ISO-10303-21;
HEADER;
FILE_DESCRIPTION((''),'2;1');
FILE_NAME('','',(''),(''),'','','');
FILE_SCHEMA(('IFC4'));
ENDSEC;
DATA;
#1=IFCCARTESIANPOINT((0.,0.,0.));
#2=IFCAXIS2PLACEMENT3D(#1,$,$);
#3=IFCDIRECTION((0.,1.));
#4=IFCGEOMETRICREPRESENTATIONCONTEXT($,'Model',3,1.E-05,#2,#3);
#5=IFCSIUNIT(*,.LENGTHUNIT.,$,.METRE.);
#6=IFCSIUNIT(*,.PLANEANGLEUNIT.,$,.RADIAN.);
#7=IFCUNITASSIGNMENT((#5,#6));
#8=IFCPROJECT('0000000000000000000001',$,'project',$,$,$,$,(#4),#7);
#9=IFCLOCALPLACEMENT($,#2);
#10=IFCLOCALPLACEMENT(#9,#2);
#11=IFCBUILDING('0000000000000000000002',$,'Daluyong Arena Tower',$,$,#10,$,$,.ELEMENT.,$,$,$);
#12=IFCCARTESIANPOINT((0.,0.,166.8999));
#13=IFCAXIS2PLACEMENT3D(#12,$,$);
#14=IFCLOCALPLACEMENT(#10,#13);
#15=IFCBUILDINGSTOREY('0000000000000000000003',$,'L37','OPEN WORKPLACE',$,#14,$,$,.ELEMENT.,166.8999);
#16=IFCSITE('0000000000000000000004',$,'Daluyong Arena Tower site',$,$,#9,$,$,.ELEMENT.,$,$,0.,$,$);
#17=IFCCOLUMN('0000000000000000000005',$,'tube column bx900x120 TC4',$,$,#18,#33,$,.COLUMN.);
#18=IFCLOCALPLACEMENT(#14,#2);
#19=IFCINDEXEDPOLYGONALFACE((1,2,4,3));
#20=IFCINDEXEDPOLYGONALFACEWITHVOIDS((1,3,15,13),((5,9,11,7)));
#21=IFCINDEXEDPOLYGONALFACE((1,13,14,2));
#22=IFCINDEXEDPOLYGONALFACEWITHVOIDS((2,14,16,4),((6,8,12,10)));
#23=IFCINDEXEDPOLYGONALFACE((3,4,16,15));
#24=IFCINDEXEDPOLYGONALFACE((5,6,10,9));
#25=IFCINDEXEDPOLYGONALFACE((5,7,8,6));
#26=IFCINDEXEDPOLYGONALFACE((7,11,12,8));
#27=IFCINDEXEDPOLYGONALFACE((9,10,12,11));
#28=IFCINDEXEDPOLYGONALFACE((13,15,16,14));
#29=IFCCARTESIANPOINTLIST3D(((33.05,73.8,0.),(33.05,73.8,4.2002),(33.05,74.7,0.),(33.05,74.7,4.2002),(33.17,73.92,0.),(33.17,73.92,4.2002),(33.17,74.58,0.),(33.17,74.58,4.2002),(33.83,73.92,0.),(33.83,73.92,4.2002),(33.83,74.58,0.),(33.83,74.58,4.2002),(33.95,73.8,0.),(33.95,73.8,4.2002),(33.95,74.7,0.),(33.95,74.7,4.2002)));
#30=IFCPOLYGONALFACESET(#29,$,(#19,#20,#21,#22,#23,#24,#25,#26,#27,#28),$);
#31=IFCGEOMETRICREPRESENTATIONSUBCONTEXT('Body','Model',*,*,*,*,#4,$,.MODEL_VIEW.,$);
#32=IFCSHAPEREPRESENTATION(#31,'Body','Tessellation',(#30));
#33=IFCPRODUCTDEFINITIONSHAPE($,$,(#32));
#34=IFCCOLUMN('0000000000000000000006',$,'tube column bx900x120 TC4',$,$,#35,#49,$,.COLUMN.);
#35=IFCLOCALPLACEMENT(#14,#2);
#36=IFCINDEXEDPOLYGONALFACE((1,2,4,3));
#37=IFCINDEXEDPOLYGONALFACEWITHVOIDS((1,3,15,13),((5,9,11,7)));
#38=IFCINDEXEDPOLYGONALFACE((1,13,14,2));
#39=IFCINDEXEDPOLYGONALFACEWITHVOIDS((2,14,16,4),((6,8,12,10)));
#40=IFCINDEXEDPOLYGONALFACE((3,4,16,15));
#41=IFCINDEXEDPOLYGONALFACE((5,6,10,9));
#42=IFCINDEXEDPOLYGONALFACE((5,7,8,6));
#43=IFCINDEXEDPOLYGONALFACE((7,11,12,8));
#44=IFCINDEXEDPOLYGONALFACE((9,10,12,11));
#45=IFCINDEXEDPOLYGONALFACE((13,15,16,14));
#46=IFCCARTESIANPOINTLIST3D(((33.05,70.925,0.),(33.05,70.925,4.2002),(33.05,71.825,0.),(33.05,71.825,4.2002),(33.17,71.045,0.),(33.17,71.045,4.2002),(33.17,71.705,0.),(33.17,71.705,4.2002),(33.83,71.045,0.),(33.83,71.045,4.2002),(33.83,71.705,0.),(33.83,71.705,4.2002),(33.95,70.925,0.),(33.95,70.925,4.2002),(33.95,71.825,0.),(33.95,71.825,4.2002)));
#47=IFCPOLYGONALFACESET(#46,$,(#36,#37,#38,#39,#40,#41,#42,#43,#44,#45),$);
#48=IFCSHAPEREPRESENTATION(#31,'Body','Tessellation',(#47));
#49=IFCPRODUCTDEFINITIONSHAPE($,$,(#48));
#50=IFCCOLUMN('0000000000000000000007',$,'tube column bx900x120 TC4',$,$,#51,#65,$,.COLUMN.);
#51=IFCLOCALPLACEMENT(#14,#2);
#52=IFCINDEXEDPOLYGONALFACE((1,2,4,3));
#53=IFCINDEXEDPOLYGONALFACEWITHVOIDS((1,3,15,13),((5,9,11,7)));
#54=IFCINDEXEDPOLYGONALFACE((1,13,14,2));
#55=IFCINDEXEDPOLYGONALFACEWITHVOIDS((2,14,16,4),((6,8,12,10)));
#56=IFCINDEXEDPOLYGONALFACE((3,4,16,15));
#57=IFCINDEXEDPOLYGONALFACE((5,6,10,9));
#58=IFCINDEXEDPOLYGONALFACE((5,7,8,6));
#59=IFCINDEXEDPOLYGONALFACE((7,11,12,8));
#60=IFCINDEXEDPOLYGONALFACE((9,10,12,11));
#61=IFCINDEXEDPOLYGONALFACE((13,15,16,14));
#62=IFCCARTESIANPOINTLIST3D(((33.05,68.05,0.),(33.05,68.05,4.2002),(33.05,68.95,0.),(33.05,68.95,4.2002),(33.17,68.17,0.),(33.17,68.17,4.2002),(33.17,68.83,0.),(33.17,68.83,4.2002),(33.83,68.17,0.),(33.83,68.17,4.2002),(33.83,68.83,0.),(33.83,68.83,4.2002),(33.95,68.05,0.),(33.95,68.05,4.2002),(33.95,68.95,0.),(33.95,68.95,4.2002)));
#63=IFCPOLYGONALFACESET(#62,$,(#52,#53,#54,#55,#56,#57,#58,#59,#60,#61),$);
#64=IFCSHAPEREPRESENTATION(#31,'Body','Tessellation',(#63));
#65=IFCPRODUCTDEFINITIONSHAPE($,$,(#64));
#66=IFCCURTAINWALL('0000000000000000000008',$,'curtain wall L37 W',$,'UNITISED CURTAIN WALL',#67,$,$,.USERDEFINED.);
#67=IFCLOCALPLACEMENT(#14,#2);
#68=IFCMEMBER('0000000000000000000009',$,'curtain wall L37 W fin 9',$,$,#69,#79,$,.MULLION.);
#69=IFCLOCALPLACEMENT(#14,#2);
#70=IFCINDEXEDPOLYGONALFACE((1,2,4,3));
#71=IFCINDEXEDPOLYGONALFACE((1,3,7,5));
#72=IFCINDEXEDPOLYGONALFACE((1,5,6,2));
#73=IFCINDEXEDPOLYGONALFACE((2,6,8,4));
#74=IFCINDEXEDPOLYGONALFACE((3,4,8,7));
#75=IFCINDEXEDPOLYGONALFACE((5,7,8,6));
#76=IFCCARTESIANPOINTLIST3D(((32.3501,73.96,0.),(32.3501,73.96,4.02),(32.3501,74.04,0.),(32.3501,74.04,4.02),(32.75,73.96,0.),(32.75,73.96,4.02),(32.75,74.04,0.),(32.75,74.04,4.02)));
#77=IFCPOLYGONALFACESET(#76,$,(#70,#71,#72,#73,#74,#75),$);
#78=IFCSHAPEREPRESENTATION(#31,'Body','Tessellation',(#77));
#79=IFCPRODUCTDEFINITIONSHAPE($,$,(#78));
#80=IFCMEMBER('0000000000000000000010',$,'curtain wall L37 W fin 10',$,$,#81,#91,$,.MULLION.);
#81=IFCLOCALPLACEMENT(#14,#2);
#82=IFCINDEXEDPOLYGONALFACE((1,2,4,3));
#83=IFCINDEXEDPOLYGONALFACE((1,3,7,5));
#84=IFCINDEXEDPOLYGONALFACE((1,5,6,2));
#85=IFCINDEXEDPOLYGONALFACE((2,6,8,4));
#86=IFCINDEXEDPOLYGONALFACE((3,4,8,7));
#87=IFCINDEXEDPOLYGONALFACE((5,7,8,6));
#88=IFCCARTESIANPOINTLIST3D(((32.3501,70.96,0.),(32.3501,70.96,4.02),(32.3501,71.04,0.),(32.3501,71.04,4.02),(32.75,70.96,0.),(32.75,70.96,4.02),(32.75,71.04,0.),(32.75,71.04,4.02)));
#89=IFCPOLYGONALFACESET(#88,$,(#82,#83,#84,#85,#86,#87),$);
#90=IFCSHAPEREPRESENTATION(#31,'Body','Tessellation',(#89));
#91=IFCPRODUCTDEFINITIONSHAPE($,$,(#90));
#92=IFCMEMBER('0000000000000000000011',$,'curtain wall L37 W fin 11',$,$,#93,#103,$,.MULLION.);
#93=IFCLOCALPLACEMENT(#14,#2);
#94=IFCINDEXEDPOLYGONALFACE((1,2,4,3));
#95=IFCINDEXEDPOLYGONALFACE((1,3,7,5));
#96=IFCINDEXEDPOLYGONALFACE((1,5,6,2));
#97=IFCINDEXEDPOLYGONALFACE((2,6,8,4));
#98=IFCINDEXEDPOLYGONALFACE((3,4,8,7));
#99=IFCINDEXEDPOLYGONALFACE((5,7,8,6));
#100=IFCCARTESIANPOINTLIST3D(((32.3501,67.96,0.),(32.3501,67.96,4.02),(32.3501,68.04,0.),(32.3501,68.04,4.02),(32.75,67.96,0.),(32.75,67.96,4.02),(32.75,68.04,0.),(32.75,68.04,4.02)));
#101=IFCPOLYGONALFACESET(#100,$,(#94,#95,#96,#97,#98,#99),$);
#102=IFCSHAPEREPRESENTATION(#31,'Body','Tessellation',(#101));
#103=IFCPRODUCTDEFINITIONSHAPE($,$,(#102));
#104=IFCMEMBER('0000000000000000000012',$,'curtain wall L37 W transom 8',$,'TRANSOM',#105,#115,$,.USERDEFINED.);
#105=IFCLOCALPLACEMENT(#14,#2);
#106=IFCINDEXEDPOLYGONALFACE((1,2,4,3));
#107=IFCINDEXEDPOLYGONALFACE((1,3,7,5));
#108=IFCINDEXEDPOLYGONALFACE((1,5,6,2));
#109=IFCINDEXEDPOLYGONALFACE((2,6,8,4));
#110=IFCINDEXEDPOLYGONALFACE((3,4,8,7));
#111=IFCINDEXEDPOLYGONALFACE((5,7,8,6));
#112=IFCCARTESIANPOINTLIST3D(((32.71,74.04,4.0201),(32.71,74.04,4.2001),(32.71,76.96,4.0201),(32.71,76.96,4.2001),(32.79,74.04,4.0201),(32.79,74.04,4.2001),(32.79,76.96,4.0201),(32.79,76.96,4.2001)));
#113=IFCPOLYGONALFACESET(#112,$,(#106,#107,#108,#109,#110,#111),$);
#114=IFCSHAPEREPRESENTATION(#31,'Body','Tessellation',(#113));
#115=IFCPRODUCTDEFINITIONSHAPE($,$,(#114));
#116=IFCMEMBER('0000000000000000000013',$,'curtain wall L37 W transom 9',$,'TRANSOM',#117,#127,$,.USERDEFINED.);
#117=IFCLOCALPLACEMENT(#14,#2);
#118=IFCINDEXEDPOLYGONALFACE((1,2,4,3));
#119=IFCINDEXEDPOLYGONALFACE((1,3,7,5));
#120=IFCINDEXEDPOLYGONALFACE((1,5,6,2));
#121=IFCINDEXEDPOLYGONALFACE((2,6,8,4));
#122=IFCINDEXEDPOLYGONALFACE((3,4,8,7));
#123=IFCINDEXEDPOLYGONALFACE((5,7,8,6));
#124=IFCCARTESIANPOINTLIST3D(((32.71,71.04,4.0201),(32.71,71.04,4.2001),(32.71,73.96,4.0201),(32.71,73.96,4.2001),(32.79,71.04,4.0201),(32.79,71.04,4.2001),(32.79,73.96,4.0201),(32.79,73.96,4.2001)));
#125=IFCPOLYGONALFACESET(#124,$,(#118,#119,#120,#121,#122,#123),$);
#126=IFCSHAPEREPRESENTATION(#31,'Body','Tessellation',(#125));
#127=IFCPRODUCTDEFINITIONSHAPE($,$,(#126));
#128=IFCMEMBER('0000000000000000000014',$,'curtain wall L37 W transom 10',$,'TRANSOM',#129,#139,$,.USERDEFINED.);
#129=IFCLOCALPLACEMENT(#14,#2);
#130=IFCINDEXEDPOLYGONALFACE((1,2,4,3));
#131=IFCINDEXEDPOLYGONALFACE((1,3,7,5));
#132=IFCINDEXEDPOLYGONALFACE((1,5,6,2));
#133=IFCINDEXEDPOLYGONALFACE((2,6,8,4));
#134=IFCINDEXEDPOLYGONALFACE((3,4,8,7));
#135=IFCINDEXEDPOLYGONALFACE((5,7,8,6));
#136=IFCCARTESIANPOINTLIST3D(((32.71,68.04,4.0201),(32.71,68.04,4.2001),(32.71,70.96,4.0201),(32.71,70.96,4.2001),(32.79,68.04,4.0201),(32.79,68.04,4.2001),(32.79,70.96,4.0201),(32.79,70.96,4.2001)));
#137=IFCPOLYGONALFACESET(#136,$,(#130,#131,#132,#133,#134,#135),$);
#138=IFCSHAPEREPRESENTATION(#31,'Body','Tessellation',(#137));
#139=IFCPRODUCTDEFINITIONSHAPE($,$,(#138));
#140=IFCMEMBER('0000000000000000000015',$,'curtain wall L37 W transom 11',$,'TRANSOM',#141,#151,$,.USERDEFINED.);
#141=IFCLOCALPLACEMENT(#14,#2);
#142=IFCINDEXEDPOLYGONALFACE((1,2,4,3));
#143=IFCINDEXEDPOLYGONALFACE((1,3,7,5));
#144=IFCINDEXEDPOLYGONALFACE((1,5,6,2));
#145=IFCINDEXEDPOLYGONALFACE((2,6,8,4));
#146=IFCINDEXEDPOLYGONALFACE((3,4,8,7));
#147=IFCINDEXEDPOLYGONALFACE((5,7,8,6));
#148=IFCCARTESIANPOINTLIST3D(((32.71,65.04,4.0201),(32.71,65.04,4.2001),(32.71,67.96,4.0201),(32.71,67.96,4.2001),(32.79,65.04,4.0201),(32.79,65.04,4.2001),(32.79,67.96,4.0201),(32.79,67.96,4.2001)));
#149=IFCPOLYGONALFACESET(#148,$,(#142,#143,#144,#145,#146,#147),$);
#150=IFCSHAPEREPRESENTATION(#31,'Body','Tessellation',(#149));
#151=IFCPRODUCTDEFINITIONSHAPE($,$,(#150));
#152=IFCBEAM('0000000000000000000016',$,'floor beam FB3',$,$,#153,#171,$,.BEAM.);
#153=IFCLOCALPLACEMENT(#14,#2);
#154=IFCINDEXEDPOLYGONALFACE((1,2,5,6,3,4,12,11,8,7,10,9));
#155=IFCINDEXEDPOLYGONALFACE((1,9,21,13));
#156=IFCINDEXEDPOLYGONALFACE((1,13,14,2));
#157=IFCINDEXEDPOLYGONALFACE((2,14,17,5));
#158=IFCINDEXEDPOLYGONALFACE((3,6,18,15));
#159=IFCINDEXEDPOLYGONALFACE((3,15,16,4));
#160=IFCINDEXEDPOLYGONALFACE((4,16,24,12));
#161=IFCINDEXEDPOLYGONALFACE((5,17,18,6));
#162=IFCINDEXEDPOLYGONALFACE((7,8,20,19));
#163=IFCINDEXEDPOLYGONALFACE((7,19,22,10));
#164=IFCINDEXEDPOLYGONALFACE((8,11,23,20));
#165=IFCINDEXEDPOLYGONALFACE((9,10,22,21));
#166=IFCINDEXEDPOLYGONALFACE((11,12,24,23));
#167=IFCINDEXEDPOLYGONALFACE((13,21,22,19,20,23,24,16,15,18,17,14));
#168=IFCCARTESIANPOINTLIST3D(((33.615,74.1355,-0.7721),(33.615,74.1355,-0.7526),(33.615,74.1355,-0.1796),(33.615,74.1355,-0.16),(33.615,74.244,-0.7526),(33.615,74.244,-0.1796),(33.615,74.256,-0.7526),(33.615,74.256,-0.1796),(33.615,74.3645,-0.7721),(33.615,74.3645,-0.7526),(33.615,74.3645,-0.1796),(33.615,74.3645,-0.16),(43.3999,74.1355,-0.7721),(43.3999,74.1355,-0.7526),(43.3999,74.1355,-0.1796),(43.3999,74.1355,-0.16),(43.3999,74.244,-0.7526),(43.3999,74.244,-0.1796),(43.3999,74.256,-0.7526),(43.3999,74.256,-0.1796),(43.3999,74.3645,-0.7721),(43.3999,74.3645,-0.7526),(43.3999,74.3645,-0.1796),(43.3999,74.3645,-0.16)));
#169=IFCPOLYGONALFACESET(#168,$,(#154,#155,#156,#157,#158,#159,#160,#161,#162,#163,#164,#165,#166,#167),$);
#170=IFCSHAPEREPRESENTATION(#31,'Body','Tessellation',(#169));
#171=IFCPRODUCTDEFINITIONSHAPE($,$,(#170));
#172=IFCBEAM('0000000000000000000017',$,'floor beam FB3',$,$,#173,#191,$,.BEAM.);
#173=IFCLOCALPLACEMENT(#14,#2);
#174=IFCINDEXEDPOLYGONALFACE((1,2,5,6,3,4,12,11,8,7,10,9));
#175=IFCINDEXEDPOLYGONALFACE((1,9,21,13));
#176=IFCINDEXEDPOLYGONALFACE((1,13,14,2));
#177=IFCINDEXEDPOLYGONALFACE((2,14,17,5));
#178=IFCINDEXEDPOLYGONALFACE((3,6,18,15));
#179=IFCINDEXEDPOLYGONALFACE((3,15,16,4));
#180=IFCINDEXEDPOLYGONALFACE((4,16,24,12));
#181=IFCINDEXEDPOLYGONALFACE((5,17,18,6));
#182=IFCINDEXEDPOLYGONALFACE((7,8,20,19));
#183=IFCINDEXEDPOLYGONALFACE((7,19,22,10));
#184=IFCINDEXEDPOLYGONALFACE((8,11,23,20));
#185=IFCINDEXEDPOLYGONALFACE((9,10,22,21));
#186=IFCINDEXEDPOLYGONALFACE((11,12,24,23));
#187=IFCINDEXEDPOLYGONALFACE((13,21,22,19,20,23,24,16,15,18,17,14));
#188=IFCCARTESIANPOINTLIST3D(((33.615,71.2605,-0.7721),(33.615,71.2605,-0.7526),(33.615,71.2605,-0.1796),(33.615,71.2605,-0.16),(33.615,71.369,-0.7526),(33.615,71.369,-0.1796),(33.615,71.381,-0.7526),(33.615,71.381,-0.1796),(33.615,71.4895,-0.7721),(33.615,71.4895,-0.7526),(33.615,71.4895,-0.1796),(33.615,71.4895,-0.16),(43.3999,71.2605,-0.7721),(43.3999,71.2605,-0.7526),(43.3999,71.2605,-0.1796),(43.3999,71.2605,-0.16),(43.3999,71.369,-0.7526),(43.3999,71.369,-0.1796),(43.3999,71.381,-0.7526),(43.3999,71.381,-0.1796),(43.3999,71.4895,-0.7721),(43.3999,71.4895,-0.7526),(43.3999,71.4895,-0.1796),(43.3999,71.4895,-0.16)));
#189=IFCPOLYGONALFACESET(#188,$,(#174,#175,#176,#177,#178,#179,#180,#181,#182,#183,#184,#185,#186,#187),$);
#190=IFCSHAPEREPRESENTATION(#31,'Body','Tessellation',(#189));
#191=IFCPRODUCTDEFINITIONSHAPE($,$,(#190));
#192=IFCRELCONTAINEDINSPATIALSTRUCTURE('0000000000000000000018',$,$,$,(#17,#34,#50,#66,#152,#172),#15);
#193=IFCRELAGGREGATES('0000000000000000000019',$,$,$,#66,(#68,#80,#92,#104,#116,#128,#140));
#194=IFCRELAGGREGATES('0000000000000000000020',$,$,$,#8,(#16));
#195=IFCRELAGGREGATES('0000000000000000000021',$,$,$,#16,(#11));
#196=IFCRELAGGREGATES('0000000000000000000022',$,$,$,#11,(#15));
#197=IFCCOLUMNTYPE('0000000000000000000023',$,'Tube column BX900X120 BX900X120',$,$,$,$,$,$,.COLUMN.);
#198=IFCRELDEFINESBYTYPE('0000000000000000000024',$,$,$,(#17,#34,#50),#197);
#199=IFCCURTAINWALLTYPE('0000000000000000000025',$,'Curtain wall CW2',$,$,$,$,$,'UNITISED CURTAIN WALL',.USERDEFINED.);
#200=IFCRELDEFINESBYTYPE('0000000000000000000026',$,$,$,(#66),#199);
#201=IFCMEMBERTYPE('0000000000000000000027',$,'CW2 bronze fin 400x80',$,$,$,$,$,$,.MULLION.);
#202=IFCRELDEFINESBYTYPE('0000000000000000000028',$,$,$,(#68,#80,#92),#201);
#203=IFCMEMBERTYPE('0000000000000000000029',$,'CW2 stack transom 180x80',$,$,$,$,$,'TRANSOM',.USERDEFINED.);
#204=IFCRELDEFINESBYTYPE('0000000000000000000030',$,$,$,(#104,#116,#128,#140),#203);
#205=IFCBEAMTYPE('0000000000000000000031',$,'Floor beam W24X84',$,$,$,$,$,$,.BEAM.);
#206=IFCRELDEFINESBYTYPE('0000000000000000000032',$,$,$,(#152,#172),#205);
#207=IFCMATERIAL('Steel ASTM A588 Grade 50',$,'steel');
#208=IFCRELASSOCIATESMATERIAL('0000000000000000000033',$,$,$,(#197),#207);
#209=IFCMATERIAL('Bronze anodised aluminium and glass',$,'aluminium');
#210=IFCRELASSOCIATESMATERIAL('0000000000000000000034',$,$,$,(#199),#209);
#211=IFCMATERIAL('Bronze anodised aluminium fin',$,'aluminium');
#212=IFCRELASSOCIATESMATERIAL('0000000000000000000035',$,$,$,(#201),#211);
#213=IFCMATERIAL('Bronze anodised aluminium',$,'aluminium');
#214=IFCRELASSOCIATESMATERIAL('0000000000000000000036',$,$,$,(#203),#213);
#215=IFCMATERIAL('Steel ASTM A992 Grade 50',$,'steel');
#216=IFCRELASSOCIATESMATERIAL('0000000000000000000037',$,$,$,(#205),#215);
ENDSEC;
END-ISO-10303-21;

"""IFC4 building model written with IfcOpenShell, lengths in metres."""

from ifc_helpers import new_model, si_unit, direction, frame, origin, origin_2d, place, context, subcontext, project, spatial, rectangle, hollow_rectangle, i_section, extrude, material, material_profile, profile_set, type_object, element, aggregate, save


model = new_model("IFC4")

# Units and contexts
model_context = context("Model", 3, precision=1e-05, world=origin(), true_north=direction((0.0, 1.0)))
body_context = subcontext(model_context, "Body", "Model", "MODEL_VIEW")
ifc_project = project(units=[si_unit("LENGTHUNIT", "METRE"), si_unit("PLANEANGLEUNIT", "RADIAN")], contexts=[model_context])

# Site, building, storey
site_placement = place(None, origin())
site = spatial("IfcSite", under=ifc_project, at=site_placement, Name="Daluyong Arena Tower site", CompositionType="ELEMENT", RefElevation=0.0)
building_placement = place(site_placement, origin())
building = spatial("IfcBuilding", under=site, at=building_placement, Name="Daluyong Arena Tower", CompositionType="ELEMENT")
storey_placement = place(building_placement, frame((0.0, 0.0, 166.8999)))
storey = spatial("IfcBuildingStorey", under=building, at=storey_placement, Name="L37", Description="OPEN WORKPLACE", CompositionType="ELEMENT", Elevation=166.8999)

# Columns
ifc_material_1 = material(Name="Steel ASTM A588 Grade 50", Category="steel")
ifc_material_profile_1 = material_profile(ifc_material_1, hollow_rectangle(XDim=0.8999, YDim=0.8999, WallThickness=0.12, at=origin_2d()))
ifc_profile_set_1 = profile_set([ifc_material_profile_1], Name="Steel ASTM A588 Grade 50")
column_type = type_object("IfcColumnType", Name="Tube column BX900X120 BX900X120", PredefinedType="COLUMN", material=ifc_profile_set_1)
for number, where, z_axis, x_axis, name in (
    (1, (33.5, 74.25, 0.0), (0.0, 0.0, 1.0), (0.0, 1.0, 0.0), "tube column bx900x120 TC4"),
    (2, (33.5, 71.375, 0.0), (0.0, 0.0, 1.0), (0.0, 1.0, 0.0), "tube column bx900x120 TC4"),
    (3, (33.5, 68.5, 0.0), (0.0, 0.0, 1.0), (0.0, 1.0, 0.0), "tube column bx900x120 TC4"),
):
    element("IfcColumn", number, at=place(storey_placement, frame(where, z_axis=z_axis, x_axis=x_axis)), inside=storey, type_object=column_type, Name=name, PredefinedType="COLUMN", context=body_context, shape_type="SweptSolid", body=[
        extrude(hollow_rectangle(XDim=0.8999, YDim=0.8999, WallThickness=0.12, at=origin_2d()), origin(), (0.0, 0.0, 1.0), 4.2002),
    ])

# Curtain wall, members
ifc_material_2 = material(Name="Bronze anodised aluminium and glass", Category="aluminium")
curtain_wall_type = type_object("IfcCurtainWallType", Name="Curtain wall CW2", ElementType="UNITISED CURTAIN WALL", PredefinedType="USERDEFINED", material=ifc_material_2)
curtain_wall_placement = place(storey_placement, origin())
curtain_wall = element("IfcCurtainWall", 4, at=curtain_wall_placement, inside=storey, type_object=curtain_wall_type, Name="curtain wall L37 W", ObjectType="UNITISED CURTAIN WALL", PredefinedType="USERDEFINED")
ifc_material_3 = material(Name="Bronze anodised aluminium fin", Category="aluminium")
ifc_material_profile_2 = material_profile(ifc_material_3, rectangle(XDim=0.3999, YDim=0.0801, at=origin_2d()))
ifc_profile_set_2 = profile_set([ifc_material_profile_2], Name="Bronze anodised aluminium fin")
member_type_1 = type_object("IfcMemberType", Name="CW2 bronze fin 400x80", PredefinedType="MULLION", material=ifc_profile_set_2)
member_1_placement = place(storey_placement, frame((32.55, 74.0, 0.0), z_axis=(0.0, 0.0, 1.0), x_axis=(1.0, 0.0, 0.0)))
member_1 = element("IfcMember", 5, at=member_1_placement, type_object=member_type_1, Name="curtain wall L37 W fin 9", PredefinedType="MULLION", context=body_context, shape_type="SweptSolid", body=[
    extrude(rectangle(XDim=0.3999, YDim=0.0801, at=origin_2d()), origin(), (0.0, 0.0, 1.0), 4.02),
])
member_2_placement = place(storey_placement, frame((32.55, 71.0, 0.0), z_axis=(0.0, 0.0, 1.0), x_axis=(1.0, 0.0, 0.0)))
member_2 = element("IfcMember", 6, at=member_2_placement, type_object=member_type_1, Name="curtain wall L37 W fin 10", PredefinedType="MULLION", context=body_context, shape_type="SweptSolid", body=[
    extrude(rectangle(XDim=0.3999, YDim=0.0801, at=origin_2d()), origin(), (0.0, 0.0, 1.0), 4.02),
])
member_3_placement = place(storey_placement, frame((32.55, 68.0, 0.0), z_axis=(0.0, 0.0, 1.0), x_axis=(1.0, 0.0, 0.0)))
member_3 = element("IfcMember", 7, at=member_3_placement, type_object=member_type_1, Name="curtain wall L37 W fin 11", PredefinedType="MULLION", context=body_context, shape_type="SweptSolid", body=[
    extrude(rectangle(XDim=0.3999, YDim=0.0801, at=origin_2d()), origin(), (0.0, 0.0, 1.0), 4.02),
])
ifc_material_4 = material(Name="Bronze anodised aluminium", Category="aluminium")
ifc_material_profile_3 = material_profile(ifc_material_4, rectangle(XDim=0.0801, YDim=0.1799, at=origin_2d()))
ifc_profile_set_3 = profile_set([ifc_material_profile_3], Name="Bronze anodised aluminium")
member_type_2 = type_object("IfcMemberType", Name="CW2 stack transom 180x80", ElementType="TRANSOM", PredefinedType="USERDEFINED", material=ifc_profile_set_3)
member_4_placement = place(storey_placement, frame((32.75, 76.96, 4.1101), z_axis=(0.0, -1.0, 0.0), x_axis=(1.0, 0.0, 0.0)))
member_4 = element("IfcMember", 8, at=member_4_placement, type_object=member_type_2, Name="curtain wall L37 W transom 8", ObjectType="TRANSOM", PredefinedType="USERDEFINED", context=body_context, shape_type="SweptSolid", body=[
    extrude(rectangle(XDim=0.0801, YDim=0.1799, at=origin_2d()), origin(), (0.0, 0.0, 1.0), 2.9199),
])
member_5_placement = place(storey_placement, frame((32.75, 73.96, 4.1101), z_axis=(0.0, -1.0, 0.0), x_axis=(1.0, 0.0, 0.0)))
member_5 = element("IfcMember", 9, at=member_5_placement, type_object=member_type_2, Name="curtain wall L37 W transom 9", ObjectType="TRANSOM", PredefinedType="USERDEFINED", context=body_context, shape_type="SweptSolid", body=[
    extrude(rectangle(XDim=0.0801, YDim=0.1799, at=origin_2d()), origin(), (0.0, 0.0, 1.0), 2.9199),
])
member_6_placement = place(storey_placement, frame((32.75, 70.96, 4.1101), z_axis=(0.0, -1.0, 0.0), x_axis=(1.0, 0.0, 0.0)))
member_6 = element("IfcMember", 10, at=member_6_placement, type_object=member_type_2, Name="curtain wall L37 W transom 10", ObjectType="TRANSOM", PredefinedType="USERDEFINED", context=body_context, shape_type="SweptSolid", body=[
    extrude(rectangle(XDim=0.0801, YDim=0.1799, at=origin_2d()), origin(), (0.0, 0.0, 1.0), 2.9199),
])
member_7_placement = place(storey_placement, frame((32.75, 67.96, 4.1101), z_axis=(0.0, -1.0, 0.0), x_axis=(1.0, 0.0, 0.0)))
member_7 = element("IfcMember", 11, at=member_7_placement, type_object=member_type_2, Name="curtain wall L37 W transom 11", ObjectType="TRANSOM", PredefinedType="USERDEFINED", context=body_context, shape_type="SweptSolid", body=[
    extrude(rectangle(XDim=0.0801, YDim=0.1799, at=origin_2d()), origin(), (0.0, 0.0, 1.0), 2.9199),
])

# Beams
ifc_material_5 = material(Name="Steel ASTM A992 Grade 50", Category="steel")
ifc_material_profile_4 = material_profile(ifc_material_5, i_section(OverallWidth=0.229, OverallDepth=0.6121, WebThickness=0.012, FlangeThickness=0.0195, at=origin_2d()))
ifc_profile_set_4 = profile_set([ifc_material_profile_4], Name="Steel ASTM A992 Grade 50")
beam_type_1 = type_object("IfcBeamType", Name="Floor beam W24X84", PredefinedType="BEAM", material=ifc_profile_set_4)
for number, where, z_axis, x_axis, name in (
    (12, (33.615, 74.25, -0.4661), (1.0, 0.0, 0.0), (0.0, 1.0, 0.0), "floor beam FB3"),
    (13, (33.615, 71.375, -0.4661), (1.0, 0.0, 0.0), (0.0, 1.0, 0.0), "floor beam FB3"),
):
    element("IfcBeam", number, at=place(storey_placement, frame(where, z_axis=z_axis, x_axis=x_axis)), inside=storey, type_object=beam_type_1, Name=name, PredefinedType="BEAM", context=body_context, shape_type="SweptSolid", body=[
        extrude(i_section(OverallWidth=0.229, OverallDepth=0.6121, WebThickness=0.012, FlangeThickness=0.0195, at=origin_2d()), origin(), (0.0, 0.0, 1.0), 9.7849),
    ])

aggregate(curtain_wall, [member_1, member_2, member_3, member_4, member_5, member_6, member_7])

save(model, "model.ifc")
